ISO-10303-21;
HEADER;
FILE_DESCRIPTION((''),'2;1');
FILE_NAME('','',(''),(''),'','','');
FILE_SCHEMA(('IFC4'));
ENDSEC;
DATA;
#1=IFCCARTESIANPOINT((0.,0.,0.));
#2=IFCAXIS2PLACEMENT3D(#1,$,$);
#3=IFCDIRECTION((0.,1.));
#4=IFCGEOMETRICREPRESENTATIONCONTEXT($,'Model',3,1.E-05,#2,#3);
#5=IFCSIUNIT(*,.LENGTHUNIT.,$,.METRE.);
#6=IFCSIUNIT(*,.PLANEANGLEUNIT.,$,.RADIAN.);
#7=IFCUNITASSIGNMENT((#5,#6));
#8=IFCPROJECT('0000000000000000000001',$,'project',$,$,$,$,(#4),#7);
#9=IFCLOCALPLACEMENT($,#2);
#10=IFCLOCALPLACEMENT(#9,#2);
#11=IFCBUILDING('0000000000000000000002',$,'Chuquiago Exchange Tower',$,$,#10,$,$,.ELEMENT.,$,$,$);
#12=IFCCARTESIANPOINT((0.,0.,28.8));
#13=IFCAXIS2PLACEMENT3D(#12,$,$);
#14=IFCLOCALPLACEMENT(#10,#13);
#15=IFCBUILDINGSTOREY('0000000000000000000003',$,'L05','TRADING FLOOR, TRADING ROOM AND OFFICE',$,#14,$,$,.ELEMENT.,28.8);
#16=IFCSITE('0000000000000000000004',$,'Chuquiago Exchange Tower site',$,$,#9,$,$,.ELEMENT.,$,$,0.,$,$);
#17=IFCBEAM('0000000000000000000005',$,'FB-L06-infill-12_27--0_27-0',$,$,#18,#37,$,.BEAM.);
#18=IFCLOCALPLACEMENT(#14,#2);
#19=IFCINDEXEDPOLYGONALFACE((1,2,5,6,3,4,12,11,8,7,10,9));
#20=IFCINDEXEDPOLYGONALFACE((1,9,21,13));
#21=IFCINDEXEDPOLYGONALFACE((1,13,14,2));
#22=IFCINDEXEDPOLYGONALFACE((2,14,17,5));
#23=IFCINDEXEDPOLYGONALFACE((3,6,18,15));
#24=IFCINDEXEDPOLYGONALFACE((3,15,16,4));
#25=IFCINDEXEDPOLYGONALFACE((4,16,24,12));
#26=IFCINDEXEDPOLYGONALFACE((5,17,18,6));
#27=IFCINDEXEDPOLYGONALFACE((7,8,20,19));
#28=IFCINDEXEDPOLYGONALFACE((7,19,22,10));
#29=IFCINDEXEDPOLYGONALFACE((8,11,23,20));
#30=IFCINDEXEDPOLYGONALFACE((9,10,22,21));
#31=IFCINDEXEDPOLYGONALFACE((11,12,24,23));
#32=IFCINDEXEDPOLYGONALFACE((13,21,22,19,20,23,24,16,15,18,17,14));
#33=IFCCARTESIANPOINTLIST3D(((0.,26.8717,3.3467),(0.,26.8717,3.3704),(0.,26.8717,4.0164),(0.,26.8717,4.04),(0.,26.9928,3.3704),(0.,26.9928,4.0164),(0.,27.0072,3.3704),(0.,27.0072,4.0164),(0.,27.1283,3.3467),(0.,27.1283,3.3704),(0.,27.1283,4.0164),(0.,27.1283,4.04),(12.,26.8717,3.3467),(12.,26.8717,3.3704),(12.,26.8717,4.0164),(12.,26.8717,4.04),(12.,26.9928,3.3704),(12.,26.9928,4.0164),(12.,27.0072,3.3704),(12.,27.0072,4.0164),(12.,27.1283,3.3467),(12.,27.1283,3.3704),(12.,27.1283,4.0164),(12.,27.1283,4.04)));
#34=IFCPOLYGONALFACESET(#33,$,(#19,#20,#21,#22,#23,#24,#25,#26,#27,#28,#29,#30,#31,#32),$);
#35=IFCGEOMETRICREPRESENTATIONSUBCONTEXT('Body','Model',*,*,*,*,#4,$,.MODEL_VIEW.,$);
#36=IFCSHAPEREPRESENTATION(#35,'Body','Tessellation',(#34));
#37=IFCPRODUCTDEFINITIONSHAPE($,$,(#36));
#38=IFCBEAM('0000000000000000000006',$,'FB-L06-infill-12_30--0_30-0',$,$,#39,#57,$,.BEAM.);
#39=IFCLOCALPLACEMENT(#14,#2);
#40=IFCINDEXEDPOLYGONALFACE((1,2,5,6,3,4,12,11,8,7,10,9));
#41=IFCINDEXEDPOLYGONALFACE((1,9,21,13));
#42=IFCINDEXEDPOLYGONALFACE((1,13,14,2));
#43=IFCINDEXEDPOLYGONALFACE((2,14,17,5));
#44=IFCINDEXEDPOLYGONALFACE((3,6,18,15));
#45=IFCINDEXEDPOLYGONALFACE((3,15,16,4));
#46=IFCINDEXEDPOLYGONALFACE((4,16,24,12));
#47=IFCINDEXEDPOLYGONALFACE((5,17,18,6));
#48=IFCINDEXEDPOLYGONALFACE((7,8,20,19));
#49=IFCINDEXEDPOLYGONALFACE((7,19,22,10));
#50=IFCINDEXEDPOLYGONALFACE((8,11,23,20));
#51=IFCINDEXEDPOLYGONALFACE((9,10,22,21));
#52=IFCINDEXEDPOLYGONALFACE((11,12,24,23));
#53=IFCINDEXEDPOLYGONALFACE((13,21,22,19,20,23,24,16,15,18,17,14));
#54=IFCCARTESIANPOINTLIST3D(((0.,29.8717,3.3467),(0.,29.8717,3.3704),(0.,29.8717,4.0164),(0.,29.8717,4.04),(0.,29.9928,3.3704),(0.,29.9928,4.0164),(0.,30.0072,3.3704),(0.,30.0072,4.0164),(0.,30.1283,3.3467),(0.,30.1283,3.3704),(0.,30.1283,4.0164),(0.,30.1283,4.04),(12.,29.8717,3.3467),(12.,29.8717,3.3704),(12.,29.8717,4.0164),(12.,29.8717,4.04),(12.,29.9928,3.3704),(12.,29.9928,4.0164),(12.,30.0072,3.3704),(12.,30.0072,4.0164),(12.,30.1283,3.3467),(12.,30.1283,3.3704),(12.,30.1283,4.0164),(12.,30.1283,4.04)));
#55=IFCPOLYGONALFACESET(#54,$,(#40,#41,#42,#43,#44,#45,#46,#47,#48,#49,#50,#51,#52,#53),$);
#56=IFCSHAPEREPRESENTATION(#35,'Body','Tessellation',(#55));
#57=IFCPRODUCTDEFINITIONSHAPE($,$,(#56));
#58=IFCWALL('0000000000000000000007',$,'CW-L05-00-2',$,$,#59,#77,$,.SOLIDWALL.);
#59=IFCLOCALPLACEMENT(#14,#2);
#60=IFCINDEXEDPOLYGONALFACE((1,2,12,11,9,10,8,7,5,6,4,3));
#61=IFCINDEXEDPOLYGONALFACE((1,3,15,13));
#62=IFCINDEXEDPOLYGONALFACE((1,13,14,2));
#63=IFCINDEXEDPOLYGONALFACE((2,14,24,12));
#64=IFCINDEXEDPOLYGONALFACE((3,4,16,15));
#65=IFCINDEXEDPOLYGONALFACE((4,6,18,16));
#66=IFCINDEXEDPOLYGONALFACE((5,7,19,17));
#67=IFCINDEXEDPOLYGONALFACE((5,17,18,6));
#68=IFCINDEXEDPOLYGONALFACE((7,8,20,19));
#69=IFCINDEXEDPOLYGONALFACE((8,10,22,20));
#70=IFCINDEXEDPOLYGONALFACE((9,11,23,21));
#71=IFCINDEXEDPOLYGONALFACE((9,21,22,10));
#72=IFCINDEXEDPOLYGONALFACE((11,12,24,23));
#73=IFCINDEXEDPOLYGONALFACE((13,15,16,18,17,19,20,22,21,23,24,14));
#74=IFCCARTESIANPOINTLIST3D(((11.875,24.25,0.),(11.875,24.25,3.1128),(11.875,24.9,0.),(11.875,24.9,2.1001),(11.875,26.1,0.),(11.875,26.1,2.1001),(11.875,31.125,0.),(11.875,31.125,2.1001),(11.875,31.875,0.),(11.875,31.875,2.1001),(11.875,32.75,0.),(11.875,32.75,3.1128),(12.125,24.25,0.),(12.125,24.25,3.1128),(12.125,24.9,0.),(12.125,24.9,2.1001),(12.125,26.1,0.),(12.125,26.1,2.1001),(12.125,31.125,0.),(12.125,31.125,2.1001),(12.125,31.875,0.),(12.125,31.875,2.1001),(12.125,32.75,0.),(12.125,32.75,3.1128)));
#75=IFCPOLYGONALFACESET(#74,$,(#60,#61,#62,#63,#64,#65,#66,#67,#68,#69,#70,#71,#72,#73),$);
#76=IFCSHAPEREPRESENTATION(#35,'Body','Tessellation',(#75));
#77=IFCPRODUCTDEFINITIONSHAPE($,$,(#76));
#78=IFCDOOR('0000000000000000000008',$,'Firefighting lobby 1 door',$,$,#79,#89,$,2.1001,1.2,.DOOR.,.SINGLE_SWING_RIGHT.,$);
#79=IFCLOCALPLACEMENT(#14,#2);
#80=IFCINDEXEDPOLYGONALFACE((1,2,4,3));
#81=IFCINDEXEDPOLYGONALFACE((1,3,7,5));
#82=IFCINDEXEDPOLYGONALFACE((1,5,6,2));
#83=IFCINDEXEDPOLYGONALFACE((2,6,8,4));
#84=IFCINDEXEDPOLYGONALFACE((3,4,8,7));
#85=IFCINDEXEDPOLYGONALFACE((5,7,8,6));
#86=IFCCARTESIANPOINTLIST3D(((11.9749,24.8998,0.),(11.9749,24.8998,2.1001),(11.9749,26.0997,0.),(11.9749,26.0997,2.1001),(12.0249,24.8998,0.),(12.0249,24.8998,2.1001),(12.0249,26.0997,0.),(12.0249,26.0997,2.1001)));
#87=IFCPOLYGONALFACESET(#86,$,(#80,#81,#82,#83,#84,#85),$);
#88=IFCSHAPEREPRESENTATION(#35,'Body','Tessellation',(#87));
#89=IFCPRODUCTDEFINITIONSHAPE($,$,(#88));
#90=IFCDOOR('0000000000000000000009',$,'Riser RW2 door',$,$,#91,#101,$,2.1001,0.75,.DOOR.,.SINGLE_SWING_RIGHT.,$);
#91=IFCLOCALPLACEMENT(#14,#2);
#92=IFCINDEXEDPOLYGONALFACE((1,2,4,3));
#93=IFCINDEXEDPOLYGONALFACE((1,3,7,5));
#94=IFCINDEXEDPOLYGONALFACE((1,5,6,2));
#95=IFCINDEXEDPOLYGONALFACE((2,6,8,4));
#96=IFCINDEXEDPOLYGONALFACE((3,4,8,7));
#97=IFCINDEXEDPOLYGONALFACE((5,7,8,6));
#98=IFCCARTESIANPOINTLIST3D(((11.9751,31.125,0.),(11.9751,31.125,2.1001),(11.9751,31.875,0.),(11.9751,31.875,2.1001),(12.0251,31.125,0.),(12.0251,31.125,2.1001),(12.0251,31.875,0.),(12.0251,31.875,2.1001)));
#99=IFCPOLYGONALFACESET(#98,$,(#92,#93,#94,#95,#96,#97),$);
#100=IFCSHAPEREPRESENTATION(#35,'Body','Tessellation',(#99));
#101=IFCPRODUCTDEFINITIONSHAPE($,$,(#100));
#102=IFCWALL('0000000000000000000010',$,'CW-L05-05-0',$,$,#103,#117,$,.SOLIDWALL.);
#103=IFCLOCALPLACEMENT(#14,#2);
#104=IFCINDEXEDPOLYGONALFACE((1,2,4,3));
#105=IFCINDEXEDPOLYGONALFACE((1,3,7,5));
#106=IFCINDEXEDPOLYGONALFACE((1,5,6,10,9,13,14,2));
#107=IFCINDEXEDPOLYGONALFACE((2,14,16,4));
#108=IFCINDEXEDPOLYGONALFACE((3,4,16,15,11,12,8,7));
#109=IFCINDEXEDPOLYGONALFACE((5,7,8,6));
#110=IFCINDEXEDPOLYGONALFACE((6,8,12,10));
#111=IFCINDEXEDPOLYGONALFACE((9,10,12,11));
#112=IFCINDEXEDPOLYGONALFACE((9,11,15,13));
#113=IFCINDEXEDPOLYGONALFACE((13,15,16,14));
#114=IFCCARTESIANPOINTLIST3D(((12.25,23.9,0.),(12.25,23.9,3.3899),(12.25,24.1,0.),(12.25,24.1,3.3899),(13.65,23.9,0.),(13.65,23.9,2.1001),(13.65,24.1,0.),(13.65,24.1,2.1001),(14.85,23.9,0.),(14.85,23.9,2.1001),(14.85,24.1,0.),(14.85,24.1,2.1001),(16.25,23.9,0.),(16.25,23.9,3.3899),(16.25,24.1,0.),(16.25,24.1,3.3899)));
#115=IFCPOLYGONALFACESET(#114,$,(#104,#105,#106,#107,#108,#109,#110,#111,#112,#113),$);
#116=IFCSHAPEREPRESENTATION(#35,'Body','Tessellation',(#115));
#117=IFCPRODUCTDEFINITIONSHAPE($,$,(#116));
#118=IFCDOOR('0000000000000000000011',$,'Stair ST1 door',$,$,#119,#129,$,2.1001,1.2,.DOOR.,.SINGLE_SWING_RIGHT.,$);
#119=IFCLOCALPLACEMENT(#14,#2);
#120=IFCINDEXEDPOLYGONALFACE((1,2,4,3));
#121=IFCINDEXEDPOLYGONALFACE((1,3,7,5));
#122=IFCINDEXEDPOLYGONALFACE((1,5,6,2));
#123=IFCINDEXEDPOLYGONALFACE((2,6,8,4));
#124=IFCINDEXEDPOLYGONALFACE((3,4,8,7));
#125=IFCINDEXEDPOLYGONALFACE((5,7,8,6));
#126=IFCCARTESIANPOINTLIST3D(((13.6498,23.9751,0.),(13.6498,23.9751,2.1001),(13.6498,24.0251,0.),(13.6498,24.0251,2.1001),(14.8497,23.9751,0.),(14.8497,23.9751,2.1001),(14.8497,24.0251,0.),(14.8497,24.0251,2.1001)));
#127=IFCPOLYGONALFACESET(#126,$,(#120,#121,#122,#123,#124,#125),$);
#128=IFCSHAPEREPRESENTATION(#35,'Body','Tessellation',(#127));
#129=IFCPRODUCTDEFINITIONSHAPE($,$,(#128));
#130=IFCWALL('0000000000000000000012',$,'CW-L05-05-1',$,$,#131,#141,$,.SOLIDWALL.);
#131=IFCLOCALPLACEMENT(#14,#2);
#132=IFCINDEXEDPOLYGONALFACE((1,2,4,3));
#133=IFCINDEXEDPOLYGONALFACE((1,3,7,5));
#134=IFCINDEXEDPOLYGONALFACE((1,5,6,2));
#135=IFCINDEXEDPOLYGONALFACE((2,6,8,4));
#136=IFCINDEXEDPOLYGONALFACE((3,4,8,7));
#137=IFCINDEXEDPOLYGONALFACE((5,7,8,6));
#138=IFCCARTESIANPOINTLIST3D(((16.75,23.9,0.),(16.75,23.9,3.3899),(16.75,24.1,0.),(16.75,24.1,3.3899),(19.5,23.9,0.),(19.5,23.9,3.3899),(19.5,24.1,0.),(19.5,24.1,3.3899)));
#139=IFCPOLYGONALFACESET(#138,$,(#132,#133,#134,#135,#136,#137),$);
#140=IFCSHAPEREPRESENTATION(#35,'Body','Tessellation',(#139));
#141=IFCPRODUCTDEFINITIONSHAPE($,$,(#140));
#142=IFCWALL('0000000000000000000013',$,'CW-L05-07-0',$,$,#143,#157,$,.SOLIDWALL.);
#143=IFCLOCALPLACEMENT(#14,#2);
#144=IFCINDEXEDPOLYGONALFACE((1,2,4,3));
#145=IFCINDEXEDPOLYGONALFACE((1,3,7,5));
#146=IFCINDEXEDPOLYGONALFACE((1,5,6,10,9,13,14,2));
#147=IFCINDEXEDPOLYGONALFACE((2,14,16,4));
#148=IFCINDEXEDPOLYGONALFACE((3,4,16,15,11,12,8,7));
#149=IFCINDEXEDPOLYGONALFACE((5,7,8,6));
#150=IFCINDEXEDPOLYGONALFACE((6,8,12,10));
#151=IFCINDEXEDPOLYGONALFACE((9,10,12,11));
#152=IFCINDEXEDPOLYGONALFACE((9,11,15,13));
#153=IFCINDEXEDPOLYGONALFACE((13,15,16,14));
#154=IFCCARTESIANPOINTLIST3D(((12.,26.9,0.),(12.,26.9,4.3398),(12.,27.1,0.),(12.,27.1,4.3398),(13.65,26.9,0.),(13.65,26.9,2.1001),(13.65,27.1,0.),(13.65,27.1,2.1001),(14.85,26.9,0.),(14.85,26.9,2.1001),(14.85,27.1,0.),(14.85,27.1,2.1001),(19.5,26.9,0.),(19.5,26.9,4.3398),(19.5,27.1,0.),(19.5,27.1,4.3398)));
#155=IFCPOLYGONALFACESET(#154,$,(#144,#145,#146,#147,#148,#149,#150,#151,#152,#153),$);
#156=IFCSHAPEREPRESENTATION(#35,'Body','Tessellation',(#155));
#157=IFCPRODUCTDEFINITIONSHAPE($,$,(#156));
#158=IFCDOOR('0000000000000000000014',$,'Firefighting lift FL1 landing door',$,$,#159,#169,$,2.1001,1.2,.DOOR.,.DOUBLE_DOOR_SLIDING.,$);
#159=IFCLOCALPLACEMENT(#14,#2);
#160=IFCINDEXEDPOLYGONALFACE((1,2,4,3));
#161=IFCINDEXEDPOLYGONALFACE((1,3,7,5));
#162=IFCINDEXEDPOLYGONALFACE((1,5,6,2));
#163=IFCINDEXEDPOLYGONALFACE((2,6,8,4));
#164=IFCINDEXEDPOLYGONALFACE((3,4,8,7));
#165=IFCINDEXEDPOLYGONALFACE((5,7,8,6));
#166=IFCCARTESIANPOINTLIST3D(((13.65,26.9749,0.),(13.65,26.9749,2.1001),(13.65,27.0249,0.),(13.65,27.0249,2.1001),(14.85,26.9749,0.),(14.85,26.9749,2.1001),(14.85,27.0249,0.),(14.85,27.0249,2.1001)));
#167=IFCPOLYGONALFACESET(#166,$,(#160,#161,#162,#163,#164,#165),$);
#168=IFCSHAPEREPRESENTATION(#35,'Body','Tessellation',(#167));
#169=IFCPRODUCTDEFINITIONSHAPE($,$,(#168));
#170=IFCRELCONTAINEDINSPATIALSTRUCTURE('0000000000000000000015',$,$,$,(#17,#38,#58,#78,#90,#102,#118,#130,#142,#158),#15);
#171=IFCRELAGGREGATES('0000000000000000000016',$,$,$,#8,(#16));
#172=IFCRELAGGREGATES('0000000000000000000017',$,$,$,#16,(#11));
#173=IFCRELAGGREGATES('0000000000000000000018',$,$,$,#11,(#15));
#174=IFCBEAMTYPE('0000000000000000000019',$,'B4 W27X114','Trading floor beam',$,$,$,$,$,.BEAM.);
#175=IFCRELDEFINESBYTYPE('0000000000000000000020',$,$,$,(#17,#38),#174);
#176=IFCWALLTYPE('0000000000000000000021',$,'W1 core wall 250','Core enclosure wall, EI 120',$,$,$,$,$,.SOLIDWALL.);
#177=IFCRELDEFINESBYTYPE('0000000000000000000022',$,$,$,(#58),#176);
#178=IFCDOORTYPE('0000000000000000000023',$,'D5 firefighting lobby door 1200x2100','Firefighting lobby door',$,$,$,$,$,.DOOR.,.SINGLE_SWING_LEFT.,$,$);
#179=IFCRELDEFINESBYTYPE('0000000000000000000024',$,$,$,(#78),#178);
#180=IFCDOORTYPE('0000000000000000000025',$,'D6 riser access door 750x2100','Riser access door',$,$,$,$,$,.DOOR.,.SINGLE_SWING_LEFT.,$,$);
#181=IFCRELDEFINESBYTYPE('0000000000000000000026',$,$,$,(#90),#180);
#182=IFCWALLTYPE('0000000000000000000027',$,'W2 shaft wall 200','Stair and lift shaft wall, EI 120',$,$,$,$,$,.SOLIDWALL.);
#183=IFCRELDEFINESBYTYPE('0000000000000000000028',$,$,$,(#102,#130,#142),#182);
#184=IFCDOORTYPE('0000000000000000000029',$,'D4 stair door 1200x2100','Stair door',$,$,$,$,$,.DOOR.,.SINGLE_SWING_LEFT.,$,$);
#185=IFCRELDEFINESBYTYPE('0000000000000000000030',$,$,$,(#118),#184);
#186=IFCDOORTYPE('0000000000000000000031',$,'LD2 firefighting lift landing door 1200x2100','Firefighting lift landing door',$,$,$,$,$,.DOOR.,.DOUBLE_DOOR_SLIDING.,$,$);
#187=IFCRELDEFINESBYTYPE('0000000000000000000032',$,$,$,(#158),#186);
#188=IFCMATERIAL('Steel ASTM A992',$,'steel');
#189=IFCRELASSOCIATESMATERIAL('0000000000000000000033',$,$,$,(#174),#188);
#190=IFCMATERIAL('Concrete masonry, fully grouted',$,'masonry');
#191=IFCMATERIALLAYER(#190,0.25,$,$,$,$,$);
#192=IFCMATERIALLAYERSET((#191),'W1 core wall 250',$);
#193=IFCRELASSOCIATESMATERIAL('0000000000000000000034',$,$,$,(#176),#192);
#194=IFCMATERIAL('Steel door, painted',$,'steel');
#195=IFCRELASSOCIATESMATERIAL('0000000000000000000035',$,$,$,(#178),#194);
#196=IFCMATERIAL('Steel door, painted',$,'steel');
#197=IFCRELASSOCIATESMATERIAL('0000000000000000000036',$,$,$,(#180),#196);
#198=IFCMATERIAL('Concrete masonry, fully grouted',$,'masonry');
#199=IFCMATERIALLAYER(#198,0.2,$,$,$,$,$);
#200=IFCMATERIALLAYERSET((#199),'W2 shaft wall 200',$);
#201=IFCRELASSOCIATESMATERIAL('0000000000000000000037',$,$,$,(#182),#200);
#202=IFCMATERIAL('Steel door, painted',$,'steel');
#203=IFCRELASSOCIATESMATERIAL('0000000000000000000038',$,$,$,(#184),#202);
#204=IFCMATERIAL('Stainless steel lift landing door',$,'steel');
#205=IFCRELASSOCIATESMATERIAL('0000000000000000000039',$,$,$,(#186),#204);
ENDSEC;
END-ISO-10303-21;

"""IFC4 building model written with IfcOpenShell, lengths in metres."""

from ifc_helpers import new_model, si_unit, direction, frame, frame_2d, origin, origin_2d, place, context, subcontext, project, spatial, rectangle, i_section, extrude, material, layer, layer_set, material_profile, profile_set, type_object, element, fill, save


model = new_model("IFC4")

# Units and contexts
model_context = context("Model", 3, precision=1e-05, world=origin(), true_north=direction((0.0, 1.0)))
body_context = subcontext(model_context, "Body", "Model", "MODEL_VIEW")
ifc_project = project(units=[si_unit("LENGTHUNIT", "METRE"), si_unit("PLANEANGLEUNIT", "RADIAN")], contexts=[model_context])

# Site, building, storey
site_placement = place(None, origin())
site = spatial("IfcSite", under=ifc_project, at=site_placement, Name="Chuquiago Exchange Tower site", CompositionType="ELEMENT", RefElevation=0.0)
building_placement = place(site_placement, origin())
building = spatial("IfcBuilding", under=site, at=building_placement, Name="Chuquiago Exchange Tower", CompositionType="ELEMENT")
storey_placement = place(building_placement, frame((0.0, 0.0, 28.8)))
storey = spatial("IfcBuildingStorey", under=building, at=storey_placement, Name="L05", Description="TRADING FLOOR, TRADING ROOM AND OFFICE", CompositionType="ELEMENT", Elevation=28.8)

# Beams
ifc_material_1 = material(Name="Steel ASTM A992", Category="steel")
ifc_material_profile_1 = material_profile(ifc_material_1, i_section(OverallWidth=0.2566, OverallDepth=0.6934, WebThickness=0.0144, FlangeThickness=0.0237, at=origin_2d()), Name="W27X114")
ifc_profile_set_1 = profile_set([ifc_material_profile_1], Name="Steel ASTM A992")
beam_type_1 = type_object("IfcBeamType", Name="B4 W27X114", Description="Trading floor beam", PredefinedType="BEAM", material=ifc_profile_set_1)
for number, where, z_axis, x_axis, name in (
    (1, (12.0, 27.0, 3.6934), (-1.0, 0.0, 0.0), (0.0, -1.0, 0.0), "FB-L06-infill-12_27--0_27-0"),
    (2, (12.0, 30.0, 3.6934), (-1.0, 0.0, 0.0), (0.0, -1.0, 0.0), "FB-L06-infill-12_30--0_30-0"),
):
    element("IfcBeam", number, at=place(storey_placement, frame(where, z_axis=z_axis, x_axis=x_axis)), inside=storey, type_object=beam_type_1, Name=name, PredefinedType="BEAM", context=body_context, shape_type="SweptSolid", body=[
        extrude(i_section(OverallWidth=0.2566, OverallDepth=0.6934, WebThickness=0.0144, FlangeThickness=0.0237, at=origin_2d()), origin(), (0.0, 0.0, 1.0), 12.0),
    ])

# Wall, openings, doors
ifc_material_2 = material(Name="Concrete masonry, fully grouted", Category="masonry")
ifc_layer_1 = layer(ifc_material_2, 0.25)
ifc_layer_set_1 = layer_set([ifc_layer_1], Name="W1 core wall 250")
wall_type_1 = type_object("IfcWallType", Name="W1 core wall 250", Description="Core enclosure wall, EI 120", PredefinedType="SOLIDWALL", material=ifc_layer_set_1)
wall_1_placement = place(storey_placement, frame((12.0, 24.25, 0.0), z_axis=(0.0, 0.0, 1.0), x_axis=(0.0, 1.0, 0.0)))
wall_1 = element("IfcWall", 3, at=wall_1_placement, inside=storey, type_object=wall_type_1, Name="CW-L05-00-2", PredefinedType="SOLIDWALL", context=body_context, shape_type="SweptSolid", body=[
    extrude(rectangle(XDim=8.5, YDim=0.25, at=frame_2d((4.25, 0.0))), origin(), (0.0, 0.0, 1.0), 3.1128),
])
opening_1_placement = place(wall_1_placement, frame((0.6499, 0.0, 0.0)))
opening_1 = element("IfcOpeningElement", 4, at=opening_1_placement, cuts=wall_1, PredefinedType="OPENING", context=body_context, shape_type="SweptSolid", body=[
    extrude(rectangle(XDim=1.2, YDim=2.1001, at=frame_2d((0.6001, 1.05))), frame((0.0, 0.135, 0.0), z_axis=(0.0, -1.0, 0.0), x_axis=(1.0, 0.0, 0.0)), (0.0, 0.0, 1.0), 0.27),
])
opening_2_placement = place(wall_1_placement, frame((6.875, 0.0, 0.0)))
opening_2 = element("IfcOpeningElement", 5, at=opening_2_placement, cuts=wall_1, PredefinedType="OPENING", context=body_context, shape_type="SweptSolid", body=[
    extrude(rectangle(XDim=0.75, YDim=2.1001, at=frame_2d((0.375, 1.05))), frame((0.0, 0.135, 0.0), z_axis=(0.0, -1.0, 0.0), x_axis=(1.0, 0.0, 0.0)), (0.0, 0.0, 1.0), 0.27),
])
ifc_material_3 = material(Name="Steel door, painted", Category="steel")
door_type_1 = type_object("IfcDoorType", Name="D5 firefighting lobby door 1200x2100", Description="Firefighting lobby door", OperationType="SINGLE_SWING_LEFT", PredefinedType="DOOR", material=ifc_material_3)
door_1_placement = place(opening_1_placement, frame((1.2, 0.0, 0.0), z_axis=(0.0, 0.0, 1.0), x_axis=(-1.0, 0.0, 0.0)))
door_1 = element("IfcDoor", 6, at=door_1_placement, inside=storey, type_object=door_type_1, Name="Firefighting lobby 1 door", OperationType="SINGLE_SWING_RIGHT", OverallHeight=2.1001, OverallWidth=1.2, PredefinedType="DOOR", context=body_context, shape_type="SweptSolid", body=[
    extrude(rectangle(XDim=1.2, YDim=2.1001, at=frame_2d((0.6001, 1.05))), frame((0.0, 0.0249, 0.0), z_axis=(0.0, -1.0, 0.0), x_axis=(1.0, 0.0, 0.0)), (0.0, 0.0, 1.0), 0.05),
])
fill(opening_1, door_1)
ifc_material_4 = material(Name="Steel door, painted", Category="steel")
door_type_2 = type_object("IfcDoorType", Name="D6 riser access door 750x2100", Description="Riser access door", OperationType="SINGLE_SWING_LEFT", PredefinedType="DOOR", material=ifc_material_4)
door_2_placement = place(opening_2_placement, origin())
door_2 = element("IfcDoor", 7, at=door_2_placement, inside=storey, type_object=door_type_2, Name="Riser RW2 door", OperationType="SINGLE_SWING_RIGHT", OverallHeight=2.1001, OverallWidth=0.75, PredefinedType="DOOR", context=body_context, shape_type="SweptSolid", body=[
    extrude(rectangle(XDim=0.75, YDim=2.1001, at=frame_2d((0.375, 1.05))), frame((0.0, 0.0249, 0.0), z_axis=(0.0, -1.0, 0.0), x_axis=(1.0, 0.0, 0.0)), (0.0, 0.0, 1.0), 0.05),
])
fill(opening_2, door_2)

# Wall, opening, door
ifc_material_5 = material(Name="Concrete masonry, fully grouted", Category="masonry")
ifc_layer_2 = layer(ifc_material_5, 0.2)
ifc_layer_set_2 = layer_set([ifc_layer_2], Name="W2 shaft wall 200")
wall_type_2 = type_object("IfcWallType", Name="W2 shaft wall 200", Description="Stair and lift shaft wall, EI 120", PredefinedType="SOLIDWALL", material=ifc_layer_set_2)
wall_2_placement = place(storey_placement, frame((12.25, 24.0, 0.0), z_axis=(0.0, 0.0, 1.0), x_axis=(1.0, 0.0, 0.0)))
wall_2 = element("IfcWall", 8, at=wall_2_placement, inside=storey, type_object=wall_type_2, Name="CW-L05-05-0", PredefinedType="SOLIDWALL", context=body_context, shape_type="SweptSolid", body=[
    extrude(rectangle(XDim=4.0, YDim=0.2, at=frame_2d((2.0, 0.0))), origin(), (0.0, 0.0, 1.0), 3.3899),
])
opening_3_placement = place(wall_2_placement, frame((1.3999, 0.0, 0.0)))
opening_3 = element("IfcOpeningElement", 9, at=opening_3_placement, cuts=wall_2, PredefinedType="OPENING", context=body_context, shape_type="SweptSolid", body=[
    extrude(rectangle(XDim=1.2, YDim=2.1001, at=frame_2d((0.6001, 1.05))), frame((0.0, 0.1099, 0.0), z_axis=(0.0, -1.0, 0.0), x_axis=(1.0, 0.0, 0.0)), (0.0, 0.0, 1.0), 0.22),
])
ifc_material_6 = material(Name="Steel door, painted", Category="steel")
door_type_3 = type_object("IfcDoorType", Name="D4 stair door 1200x2100", Description="Stair door", OperationType="SINGLE_SWING_LEFT", PredefinedType="DOOR", material=ifc_material_6)
door_3_placement = place(opening_3_placement, frame((1.2, 0.0, 0.0), z_axis=(0.0, 0.0, 1.0), x_axis=(-1.0, 0.0, 0.0)))
door_3 = element("IfcDoor", 10, at=door_3_placement, inside=storey, type_object=door_type_3, Name="Stair ST1 door", OperationType="SINGLE_SWING_RIGHT", OverallHeight=2.1001, OverallWidth=1.2, PredefinedType="DOOR", context=body_context, shape_type="SweptSolid", body=[
    extrude(rectangle(XDim=1.2, YDim=2.1001, at=frame_2d((0.6001, 1.05))), frame((0.0, 0.0249, 0.0), z_axis=(0.0, -1.0, 0.0), x_axis=(1.0, 0.0, 0.0)), (0.0, 0.0, 1.0), 0.05),
])
fill(opening_3, door_3)

# Wall
wall_3_placement = place(storey_placement, frame((16.75, 24.0, 0.0), z_axis=(0.0, 0.0, 1.0), x_axis=(1.0, 0.0, 0.0)))
element("IfcWall", 11, at=wall_3_placement, inside=storey, type_object=wall_type_2, Name="CW-L05-05-1", PredefinedType="SOLIDWALL", context=body_context, shape_type="SweptSolid", body=[
    extrude(rectangle(XDim=2.75, YDim=0.2, at=frame_2d((1.375, 0.0))), origin(), (0.0, 0.0, 1.0), 3.3899),
])

# Wall, opening, door
wall_4_placement = place(storey_placement, frame((12.0, 27.0, 0.0), z_axis=(0.0, 0.0, 1.0), x_axis=(1.0, 0.0, 0.0)))
wall_4 = element("IfcWall", 12, at=wall_4_placement, inside=storey, type_object=wall_type_2, Name="CW-L05-07-0", PredefinedType="SOLIDWALL", context=body_context, shape_type="SweptSolid", body=[
    extrude(rectangle(XDim=7.5, YDim=0.2, at=frame_2d((3.75, 0.0))), origin(), (0.0, 0.0, 1.0), 4.3398),
])
opening_4_placement = place(wall_4_placement, frame((1.6499, 0.0, 0.0)))
opening_4 = element("IfcOpeningElement", 13, at=opening_4_placement, cuts=wall_4, PredefinedType="OPENING", context=body_context, shape_type="SweptSolid", body=[
    extrude(rectangle(XDim=1.2, YDim=2.1001, at=frame_2d((0.6001, 1.05))), frame((0.0, 0.1099, 0.0), z_axis=(0.0, -1.0, 0.0), x_axis=(1.0, 0.0, 0.0)), (0.0, 0.0, 1.0), 0.22),
])
ifc_material_7 = material(Name="Stainless steel lift landing door", Category="steel")
door_type_4 = type_object("IfcDoorType", Name="LD2 firefighting lift landing door 1200x2100", Description="Firefighting lift landing door", OperationType="DOUBLE_DOOR_SLIDING", PredefinedType="DOOR", material=ifc_material_7)
door_4_placement = place(opening_4_placement, origin())
door_4 = element("IfcDoor", 14, at=door_4_placement, inside=storey, type_object=door_type_4, Name="Firefighting lift FL1 landing door", OperationType="DOUBLE_DOOR_SLIDING", OverallHeight=2.1001, OverallWidth=1.2, PredefinedType="DOOR", context=body_context, shape_type="SweptSolid", body=[
    extrude(rectangle(XDim=1.2, YDim=2.1001, at=frame_2d((0.6001, 1.05))), frame((0.0, 0.0249, 0.0), z_axis=(0.0, -1.0, 0.0), x_axis=(1.0, 0.0, 0.0)), (0.0, 0.0, 1.0), 0.05),
])
fill(opening_4, door_4)

save(model, "model.ifc")
